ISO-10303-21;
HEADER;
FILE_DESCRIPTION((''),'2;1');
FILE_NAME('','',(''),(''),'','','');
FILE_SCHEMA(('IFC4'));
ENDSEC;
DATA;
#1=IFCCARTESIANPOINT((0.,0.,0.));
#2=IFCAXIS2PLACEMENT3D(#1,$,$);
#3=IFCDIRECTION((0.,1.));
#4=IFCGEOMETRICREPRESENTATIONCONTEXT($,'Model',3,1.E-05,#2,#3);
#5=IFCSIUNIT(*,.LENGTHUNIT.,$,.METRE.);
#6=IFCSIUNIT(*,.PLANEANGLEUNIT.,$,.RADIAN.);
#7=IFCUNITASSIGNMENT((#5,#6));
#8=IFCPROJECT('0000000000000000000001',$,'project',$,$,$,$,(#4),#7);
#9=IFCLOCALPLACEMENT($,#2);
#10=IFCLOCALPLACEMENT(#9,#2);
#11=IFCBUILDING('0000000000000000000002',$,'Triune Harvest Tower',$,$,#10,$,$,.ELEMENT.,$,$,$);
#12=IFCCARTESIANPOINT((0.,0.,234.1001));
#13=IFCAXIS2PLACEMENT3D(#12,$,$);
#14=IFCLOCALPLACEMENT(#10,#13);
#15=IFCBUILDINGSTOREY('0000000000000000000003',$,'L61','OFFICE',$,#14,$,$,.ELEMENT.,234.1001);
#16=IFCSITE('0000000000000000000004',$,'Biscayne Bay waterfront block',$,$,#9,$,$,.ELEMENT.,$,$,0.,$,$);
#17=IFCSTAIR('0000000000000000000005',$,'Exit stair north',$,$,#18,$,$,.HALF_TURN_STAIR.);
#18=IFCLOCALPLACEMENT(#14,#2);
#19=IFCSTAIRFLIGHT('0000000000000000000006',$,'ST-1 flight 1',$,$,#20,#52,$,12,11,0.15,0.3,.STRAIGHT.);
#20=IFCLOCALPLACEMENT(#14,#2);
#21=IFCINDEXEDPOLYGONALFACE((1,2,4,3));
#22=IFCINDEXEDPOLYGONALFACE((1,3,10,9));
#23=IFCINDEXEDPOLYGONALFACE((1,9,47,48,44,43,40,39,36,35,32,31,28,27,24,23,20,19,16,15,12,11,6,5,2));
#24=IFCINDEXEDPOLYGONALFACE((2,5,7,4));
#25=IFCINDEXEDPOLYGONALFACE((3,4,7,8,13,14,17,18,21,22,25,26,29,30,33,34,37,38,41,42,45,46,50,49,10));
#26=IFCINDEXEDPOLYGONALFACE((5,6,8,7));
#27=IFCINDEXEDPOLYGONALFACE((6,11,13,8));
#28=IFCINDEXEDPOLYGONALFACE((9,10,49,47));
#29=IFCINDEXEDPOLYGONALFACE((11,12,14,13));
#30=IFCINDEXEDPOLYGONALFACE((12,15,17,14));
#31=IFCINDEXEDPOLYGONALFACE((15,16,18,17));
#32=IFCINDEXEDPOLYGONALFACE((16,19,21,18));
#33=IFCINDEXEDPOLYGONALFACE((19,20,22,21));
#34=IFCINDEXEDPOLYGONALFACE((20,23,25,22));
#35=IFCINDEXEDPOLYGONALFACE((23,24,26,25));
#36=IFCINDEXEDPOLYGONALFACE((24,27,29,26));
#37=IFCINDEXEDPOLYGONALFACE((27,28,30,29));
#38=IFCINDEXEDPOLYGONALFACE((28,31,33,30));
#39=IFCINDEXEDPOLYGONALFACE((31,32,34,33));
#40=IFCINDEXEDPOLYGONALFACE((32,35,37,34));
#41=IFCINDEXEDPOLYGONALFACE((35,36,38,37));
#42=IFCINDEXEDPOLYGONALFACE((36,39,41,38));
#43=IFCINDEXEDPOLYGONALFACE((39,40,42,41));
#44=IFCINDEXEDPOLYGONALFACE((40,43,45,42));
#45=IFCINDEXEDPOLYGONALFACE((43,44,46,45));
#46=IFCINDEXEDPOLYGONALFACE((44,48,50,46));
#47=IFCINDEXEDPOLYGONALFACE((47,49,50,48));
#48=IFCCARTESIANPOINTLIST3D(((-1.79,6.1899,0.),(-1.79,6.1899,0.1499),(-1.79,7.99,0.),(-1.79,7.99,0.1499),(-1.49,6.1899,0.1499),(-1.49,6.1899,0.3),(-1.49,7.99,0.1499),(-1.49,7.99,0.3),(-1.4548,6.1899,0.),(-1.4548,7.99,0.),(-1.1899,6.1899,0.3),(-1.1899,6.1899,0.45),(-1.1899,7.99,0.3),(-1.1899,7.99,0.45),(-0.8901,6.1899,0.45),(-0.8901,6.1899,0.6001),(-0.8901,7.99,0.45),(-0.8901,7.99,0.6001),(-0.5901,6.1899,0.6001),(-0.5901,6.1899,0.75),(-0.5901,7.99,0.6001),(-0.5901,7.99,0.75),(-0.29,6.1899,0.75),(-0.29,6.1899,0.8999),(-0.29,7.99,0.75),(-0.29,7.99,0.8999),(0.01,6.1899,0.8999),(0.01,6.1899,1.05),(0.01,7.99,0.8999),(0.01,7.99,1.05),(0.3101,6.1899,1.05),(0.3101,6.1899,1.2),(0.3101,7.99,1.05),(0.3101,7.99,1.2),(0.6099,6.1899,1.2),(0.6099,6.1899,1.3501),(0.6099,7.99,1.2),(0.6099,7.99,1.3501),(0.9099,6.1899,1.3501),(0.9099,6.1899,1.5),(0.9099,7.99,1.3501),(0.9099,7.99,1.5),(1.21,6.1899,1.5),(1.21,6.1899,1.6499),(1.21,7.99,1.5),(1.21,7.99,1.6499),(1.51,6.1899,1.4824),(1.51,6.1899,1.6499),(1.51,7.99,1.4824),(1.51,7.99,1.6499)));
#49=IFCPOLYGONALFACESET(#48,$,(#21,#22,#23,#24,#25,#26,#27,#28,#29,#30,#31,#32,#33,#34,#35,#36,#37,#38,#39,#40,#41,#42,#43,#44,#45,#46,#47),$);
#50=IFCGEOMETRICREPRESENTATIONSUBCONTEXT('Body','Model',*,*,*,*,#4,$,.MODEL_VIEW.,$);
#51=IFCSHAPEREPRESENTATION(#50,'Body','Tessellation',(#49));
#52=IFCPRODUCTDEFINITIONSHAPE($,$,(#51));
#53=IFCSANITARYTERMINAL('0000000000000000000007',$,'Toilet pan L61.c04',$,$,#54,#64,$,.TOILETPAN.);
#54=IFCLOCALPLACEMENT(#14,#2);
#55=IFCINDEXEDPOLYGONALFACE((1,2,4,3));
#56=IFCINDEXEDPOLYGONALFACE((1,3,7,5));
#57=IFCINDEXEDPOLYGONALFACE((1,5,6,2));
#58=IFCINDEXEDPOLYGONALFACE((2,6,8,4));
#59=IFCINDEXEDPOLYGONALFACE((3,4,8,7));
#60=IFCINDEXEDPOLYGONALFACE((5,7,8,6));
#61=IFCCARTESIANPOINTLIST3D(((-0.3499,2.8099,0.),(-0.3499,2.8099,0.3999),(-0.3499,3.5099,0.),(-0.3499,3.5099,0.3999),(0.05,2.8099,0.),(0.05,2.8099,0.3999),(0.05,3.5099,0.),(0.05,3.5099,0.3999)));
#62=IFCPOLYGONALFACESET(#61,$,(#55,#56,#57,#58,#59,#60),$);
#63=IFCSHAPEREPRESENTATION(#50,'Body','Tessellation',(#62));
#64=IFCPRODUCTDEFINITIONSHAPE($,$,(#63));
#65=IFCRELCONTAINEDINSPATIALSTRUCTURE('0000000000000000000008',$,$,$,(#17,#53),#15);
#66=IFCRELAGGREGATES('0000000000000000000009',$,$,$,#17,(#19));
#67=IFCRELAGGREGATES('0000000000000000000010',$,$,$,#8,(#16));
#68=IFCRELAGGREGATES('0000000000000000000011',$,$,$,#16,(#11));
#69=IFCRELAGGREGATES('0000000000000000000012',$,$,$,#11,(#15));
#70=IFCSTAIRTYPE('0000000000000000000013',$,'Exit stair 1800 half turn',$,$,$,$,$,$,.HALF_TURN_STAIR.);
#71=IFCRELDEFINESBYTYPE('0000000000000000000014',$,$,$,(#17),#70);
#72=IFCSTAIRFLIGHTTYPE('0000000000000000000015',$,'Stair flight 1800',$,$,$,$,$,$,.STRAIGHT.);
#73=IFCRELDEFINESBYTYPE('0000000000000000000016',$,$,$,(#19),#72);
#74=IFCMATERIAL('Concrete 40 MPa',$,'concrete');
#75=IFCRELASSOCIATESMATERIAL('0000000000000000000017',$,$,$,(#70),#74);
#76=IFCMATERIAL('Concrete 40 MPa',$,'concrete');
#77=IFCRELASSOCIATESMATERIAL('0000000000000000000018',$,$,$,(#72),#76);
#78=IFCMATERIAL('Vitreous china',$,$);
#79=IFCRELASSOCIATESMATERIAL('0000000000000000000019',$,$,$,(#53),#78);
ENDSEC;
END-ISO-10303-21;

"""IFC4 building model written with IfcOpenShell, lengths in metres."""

from ifc_helpers import new_model, si_unit, direction, frame, origin, origin_2d, place, context, subcontext, project, spatial, polyline, rectangle, outline, extrude, source, transform, mapped, material, type_object, element, aggregate, save


model = new_model("IFC4")

# Units and contexts
model_context = context("Model", 3, precision=1e-05, world=origin(), true_north=direction((0.0, 1.0)))
body_context = subcontext(model_context, "Body", "Model", "MODEL_VIEW")
ifc_project = project(units=[si_unit("LENGTHUNIT", "METRE"), si_unit("PLANEANGLEUNIT", "RADIAN")], contexts=[model_context])

# Site, building, storey
site_placement = place(None, origin())
site = spatial("IfcSite", under=ifc_project, at=site_placement, Name="Biscayne Bay waterfront block", CompositionType="ELEMENT", RefElevation=0.0)
building_placement = place(site_placement, origin())
building = spatial("IfcBuilding", under=site, at=building_placement, Name="Triune Harvest Tower", CompositionType="ELEMENT")
storey_placement = place(building_placement, frame((0.0, 0.0, 234.1001)))
storey = spatial("IfcBuildingStorey", under=building, at=storey_placement, Name="L61", Description="OFFICE", CompositionType="ELEMENT", Elevation=234.1001)

# Stair, stair flight
ifc_material_1 = material(Name="Concrete 40 MPa", Category="concrete")
stair_type = type_object("IfcStairType", Name="Exit stair 1800 half turn", PredefinedType="HALF_TURN_STAIR", material=ifc_material_1)
stair_placement = place(storey_placement, origin())
stair = element("IfcStair", 1, at=stair_placement, inside=storey, type_object=stair_type, Name="Exit stair north", PredefinedType="HALF_TURN_STAIR")
ifc_material_2 = material(Name="Concrete 40 MPa", Category="concrete")
stair_flight_type = type_object("IfcStairFlightType", Name="Stair flight 1800", PredefinedType="STRAIGHT", material=ifc_material_2)
shared_shape_1 = source(origin(), body_context, "Body", "SweptSolid", [
    extrude(outline(polyline([(0.0, 0.0), (0.0, 0.1499), (0.3, 0.1499), (0.3, 0.3), (0.6001, 0.3), (0.6001, 0.45), (0.8999, 0.45), (0.8999, 0.6001), (1.2, 0.6001), (1.2, 0.75), (1.5, 0.75), (1.5, 0.8999), (1.8, 0.8999), (1.8, 1.05), (2.1001, 1.05), (2.1001, 1.2), (2.3999, 1.2), (2.3999, 1.3501), (2.7, 1.3501), (2.7, 1.5), (3.0, 1.5), (3.0, 1.6499), (3.3, 1.6499), (3.3, 1.8), (3.3, 1.4824), (0.3352, 0.0), (0.0, 0.0)])), frame((0.0, 0.8999, 0.0), z_axis=(0.0, -1.0, 0.0), x_axis=(1.0, 0.0, 0.0)), (0.0, 0.0, 1.0), 1.8),
])
stair_flight_placement = place(storey_placement, frame((-1.79, 7.0901, 0.0), z_axis=(0.0, 0.0, 1.0), x_axis=(1.0, 0.0, 0.0)))
stair_flight = element("IfcStairFlight", 2, at=stair_flight_placement, type_object=stair_flight_type, Name="ST-1 flight 1", NumberOfRisers=12, NumberOfTreads=11, PredefinedType="STRAIGHT", RiserHeight=0.15, TreadLength=0.3, context=body_context, shape_type="MappedRepresentation", body=[
    mapped(shared_shape_1, transform((0.0, 0.0, 0.0), scale=1.0)),
])
aggregate(stair, [stair_flight])

# Sanitary terminal
ifc_material_3 = material(Name="Vitreous china")
shared_shape_2 = source(origin(), body_context, "Body", "SweptSolid", [
    extrude(rectangle(XDim=0.3999, YDim=0.7, at=origin_2d()), origin(), (0.0, 0.0, 1.0), 0.3999),
])
sanitary_terminal_placement = place(storey_placement, frame((-0.1499, 3.1599, 0.0), z_axis=(0.0, 0.0, 1.0), x_axis=(-1.0, 0.0, 0.0)))
element("IfcSanitaryTerminal", 3, at=sanitary_terminal_placement, inside=storey, material=ifc_material_3, Name="Toilet pan L61.c04", PredefinedType="TOILETPAN", context=body_context, shape_type="MappedRepresentation", body=[
    mapped(shared_shape_2, transform((0.0, 0.0, 0.0), scale=1.0)),
])

save(model, "model.ifc")
